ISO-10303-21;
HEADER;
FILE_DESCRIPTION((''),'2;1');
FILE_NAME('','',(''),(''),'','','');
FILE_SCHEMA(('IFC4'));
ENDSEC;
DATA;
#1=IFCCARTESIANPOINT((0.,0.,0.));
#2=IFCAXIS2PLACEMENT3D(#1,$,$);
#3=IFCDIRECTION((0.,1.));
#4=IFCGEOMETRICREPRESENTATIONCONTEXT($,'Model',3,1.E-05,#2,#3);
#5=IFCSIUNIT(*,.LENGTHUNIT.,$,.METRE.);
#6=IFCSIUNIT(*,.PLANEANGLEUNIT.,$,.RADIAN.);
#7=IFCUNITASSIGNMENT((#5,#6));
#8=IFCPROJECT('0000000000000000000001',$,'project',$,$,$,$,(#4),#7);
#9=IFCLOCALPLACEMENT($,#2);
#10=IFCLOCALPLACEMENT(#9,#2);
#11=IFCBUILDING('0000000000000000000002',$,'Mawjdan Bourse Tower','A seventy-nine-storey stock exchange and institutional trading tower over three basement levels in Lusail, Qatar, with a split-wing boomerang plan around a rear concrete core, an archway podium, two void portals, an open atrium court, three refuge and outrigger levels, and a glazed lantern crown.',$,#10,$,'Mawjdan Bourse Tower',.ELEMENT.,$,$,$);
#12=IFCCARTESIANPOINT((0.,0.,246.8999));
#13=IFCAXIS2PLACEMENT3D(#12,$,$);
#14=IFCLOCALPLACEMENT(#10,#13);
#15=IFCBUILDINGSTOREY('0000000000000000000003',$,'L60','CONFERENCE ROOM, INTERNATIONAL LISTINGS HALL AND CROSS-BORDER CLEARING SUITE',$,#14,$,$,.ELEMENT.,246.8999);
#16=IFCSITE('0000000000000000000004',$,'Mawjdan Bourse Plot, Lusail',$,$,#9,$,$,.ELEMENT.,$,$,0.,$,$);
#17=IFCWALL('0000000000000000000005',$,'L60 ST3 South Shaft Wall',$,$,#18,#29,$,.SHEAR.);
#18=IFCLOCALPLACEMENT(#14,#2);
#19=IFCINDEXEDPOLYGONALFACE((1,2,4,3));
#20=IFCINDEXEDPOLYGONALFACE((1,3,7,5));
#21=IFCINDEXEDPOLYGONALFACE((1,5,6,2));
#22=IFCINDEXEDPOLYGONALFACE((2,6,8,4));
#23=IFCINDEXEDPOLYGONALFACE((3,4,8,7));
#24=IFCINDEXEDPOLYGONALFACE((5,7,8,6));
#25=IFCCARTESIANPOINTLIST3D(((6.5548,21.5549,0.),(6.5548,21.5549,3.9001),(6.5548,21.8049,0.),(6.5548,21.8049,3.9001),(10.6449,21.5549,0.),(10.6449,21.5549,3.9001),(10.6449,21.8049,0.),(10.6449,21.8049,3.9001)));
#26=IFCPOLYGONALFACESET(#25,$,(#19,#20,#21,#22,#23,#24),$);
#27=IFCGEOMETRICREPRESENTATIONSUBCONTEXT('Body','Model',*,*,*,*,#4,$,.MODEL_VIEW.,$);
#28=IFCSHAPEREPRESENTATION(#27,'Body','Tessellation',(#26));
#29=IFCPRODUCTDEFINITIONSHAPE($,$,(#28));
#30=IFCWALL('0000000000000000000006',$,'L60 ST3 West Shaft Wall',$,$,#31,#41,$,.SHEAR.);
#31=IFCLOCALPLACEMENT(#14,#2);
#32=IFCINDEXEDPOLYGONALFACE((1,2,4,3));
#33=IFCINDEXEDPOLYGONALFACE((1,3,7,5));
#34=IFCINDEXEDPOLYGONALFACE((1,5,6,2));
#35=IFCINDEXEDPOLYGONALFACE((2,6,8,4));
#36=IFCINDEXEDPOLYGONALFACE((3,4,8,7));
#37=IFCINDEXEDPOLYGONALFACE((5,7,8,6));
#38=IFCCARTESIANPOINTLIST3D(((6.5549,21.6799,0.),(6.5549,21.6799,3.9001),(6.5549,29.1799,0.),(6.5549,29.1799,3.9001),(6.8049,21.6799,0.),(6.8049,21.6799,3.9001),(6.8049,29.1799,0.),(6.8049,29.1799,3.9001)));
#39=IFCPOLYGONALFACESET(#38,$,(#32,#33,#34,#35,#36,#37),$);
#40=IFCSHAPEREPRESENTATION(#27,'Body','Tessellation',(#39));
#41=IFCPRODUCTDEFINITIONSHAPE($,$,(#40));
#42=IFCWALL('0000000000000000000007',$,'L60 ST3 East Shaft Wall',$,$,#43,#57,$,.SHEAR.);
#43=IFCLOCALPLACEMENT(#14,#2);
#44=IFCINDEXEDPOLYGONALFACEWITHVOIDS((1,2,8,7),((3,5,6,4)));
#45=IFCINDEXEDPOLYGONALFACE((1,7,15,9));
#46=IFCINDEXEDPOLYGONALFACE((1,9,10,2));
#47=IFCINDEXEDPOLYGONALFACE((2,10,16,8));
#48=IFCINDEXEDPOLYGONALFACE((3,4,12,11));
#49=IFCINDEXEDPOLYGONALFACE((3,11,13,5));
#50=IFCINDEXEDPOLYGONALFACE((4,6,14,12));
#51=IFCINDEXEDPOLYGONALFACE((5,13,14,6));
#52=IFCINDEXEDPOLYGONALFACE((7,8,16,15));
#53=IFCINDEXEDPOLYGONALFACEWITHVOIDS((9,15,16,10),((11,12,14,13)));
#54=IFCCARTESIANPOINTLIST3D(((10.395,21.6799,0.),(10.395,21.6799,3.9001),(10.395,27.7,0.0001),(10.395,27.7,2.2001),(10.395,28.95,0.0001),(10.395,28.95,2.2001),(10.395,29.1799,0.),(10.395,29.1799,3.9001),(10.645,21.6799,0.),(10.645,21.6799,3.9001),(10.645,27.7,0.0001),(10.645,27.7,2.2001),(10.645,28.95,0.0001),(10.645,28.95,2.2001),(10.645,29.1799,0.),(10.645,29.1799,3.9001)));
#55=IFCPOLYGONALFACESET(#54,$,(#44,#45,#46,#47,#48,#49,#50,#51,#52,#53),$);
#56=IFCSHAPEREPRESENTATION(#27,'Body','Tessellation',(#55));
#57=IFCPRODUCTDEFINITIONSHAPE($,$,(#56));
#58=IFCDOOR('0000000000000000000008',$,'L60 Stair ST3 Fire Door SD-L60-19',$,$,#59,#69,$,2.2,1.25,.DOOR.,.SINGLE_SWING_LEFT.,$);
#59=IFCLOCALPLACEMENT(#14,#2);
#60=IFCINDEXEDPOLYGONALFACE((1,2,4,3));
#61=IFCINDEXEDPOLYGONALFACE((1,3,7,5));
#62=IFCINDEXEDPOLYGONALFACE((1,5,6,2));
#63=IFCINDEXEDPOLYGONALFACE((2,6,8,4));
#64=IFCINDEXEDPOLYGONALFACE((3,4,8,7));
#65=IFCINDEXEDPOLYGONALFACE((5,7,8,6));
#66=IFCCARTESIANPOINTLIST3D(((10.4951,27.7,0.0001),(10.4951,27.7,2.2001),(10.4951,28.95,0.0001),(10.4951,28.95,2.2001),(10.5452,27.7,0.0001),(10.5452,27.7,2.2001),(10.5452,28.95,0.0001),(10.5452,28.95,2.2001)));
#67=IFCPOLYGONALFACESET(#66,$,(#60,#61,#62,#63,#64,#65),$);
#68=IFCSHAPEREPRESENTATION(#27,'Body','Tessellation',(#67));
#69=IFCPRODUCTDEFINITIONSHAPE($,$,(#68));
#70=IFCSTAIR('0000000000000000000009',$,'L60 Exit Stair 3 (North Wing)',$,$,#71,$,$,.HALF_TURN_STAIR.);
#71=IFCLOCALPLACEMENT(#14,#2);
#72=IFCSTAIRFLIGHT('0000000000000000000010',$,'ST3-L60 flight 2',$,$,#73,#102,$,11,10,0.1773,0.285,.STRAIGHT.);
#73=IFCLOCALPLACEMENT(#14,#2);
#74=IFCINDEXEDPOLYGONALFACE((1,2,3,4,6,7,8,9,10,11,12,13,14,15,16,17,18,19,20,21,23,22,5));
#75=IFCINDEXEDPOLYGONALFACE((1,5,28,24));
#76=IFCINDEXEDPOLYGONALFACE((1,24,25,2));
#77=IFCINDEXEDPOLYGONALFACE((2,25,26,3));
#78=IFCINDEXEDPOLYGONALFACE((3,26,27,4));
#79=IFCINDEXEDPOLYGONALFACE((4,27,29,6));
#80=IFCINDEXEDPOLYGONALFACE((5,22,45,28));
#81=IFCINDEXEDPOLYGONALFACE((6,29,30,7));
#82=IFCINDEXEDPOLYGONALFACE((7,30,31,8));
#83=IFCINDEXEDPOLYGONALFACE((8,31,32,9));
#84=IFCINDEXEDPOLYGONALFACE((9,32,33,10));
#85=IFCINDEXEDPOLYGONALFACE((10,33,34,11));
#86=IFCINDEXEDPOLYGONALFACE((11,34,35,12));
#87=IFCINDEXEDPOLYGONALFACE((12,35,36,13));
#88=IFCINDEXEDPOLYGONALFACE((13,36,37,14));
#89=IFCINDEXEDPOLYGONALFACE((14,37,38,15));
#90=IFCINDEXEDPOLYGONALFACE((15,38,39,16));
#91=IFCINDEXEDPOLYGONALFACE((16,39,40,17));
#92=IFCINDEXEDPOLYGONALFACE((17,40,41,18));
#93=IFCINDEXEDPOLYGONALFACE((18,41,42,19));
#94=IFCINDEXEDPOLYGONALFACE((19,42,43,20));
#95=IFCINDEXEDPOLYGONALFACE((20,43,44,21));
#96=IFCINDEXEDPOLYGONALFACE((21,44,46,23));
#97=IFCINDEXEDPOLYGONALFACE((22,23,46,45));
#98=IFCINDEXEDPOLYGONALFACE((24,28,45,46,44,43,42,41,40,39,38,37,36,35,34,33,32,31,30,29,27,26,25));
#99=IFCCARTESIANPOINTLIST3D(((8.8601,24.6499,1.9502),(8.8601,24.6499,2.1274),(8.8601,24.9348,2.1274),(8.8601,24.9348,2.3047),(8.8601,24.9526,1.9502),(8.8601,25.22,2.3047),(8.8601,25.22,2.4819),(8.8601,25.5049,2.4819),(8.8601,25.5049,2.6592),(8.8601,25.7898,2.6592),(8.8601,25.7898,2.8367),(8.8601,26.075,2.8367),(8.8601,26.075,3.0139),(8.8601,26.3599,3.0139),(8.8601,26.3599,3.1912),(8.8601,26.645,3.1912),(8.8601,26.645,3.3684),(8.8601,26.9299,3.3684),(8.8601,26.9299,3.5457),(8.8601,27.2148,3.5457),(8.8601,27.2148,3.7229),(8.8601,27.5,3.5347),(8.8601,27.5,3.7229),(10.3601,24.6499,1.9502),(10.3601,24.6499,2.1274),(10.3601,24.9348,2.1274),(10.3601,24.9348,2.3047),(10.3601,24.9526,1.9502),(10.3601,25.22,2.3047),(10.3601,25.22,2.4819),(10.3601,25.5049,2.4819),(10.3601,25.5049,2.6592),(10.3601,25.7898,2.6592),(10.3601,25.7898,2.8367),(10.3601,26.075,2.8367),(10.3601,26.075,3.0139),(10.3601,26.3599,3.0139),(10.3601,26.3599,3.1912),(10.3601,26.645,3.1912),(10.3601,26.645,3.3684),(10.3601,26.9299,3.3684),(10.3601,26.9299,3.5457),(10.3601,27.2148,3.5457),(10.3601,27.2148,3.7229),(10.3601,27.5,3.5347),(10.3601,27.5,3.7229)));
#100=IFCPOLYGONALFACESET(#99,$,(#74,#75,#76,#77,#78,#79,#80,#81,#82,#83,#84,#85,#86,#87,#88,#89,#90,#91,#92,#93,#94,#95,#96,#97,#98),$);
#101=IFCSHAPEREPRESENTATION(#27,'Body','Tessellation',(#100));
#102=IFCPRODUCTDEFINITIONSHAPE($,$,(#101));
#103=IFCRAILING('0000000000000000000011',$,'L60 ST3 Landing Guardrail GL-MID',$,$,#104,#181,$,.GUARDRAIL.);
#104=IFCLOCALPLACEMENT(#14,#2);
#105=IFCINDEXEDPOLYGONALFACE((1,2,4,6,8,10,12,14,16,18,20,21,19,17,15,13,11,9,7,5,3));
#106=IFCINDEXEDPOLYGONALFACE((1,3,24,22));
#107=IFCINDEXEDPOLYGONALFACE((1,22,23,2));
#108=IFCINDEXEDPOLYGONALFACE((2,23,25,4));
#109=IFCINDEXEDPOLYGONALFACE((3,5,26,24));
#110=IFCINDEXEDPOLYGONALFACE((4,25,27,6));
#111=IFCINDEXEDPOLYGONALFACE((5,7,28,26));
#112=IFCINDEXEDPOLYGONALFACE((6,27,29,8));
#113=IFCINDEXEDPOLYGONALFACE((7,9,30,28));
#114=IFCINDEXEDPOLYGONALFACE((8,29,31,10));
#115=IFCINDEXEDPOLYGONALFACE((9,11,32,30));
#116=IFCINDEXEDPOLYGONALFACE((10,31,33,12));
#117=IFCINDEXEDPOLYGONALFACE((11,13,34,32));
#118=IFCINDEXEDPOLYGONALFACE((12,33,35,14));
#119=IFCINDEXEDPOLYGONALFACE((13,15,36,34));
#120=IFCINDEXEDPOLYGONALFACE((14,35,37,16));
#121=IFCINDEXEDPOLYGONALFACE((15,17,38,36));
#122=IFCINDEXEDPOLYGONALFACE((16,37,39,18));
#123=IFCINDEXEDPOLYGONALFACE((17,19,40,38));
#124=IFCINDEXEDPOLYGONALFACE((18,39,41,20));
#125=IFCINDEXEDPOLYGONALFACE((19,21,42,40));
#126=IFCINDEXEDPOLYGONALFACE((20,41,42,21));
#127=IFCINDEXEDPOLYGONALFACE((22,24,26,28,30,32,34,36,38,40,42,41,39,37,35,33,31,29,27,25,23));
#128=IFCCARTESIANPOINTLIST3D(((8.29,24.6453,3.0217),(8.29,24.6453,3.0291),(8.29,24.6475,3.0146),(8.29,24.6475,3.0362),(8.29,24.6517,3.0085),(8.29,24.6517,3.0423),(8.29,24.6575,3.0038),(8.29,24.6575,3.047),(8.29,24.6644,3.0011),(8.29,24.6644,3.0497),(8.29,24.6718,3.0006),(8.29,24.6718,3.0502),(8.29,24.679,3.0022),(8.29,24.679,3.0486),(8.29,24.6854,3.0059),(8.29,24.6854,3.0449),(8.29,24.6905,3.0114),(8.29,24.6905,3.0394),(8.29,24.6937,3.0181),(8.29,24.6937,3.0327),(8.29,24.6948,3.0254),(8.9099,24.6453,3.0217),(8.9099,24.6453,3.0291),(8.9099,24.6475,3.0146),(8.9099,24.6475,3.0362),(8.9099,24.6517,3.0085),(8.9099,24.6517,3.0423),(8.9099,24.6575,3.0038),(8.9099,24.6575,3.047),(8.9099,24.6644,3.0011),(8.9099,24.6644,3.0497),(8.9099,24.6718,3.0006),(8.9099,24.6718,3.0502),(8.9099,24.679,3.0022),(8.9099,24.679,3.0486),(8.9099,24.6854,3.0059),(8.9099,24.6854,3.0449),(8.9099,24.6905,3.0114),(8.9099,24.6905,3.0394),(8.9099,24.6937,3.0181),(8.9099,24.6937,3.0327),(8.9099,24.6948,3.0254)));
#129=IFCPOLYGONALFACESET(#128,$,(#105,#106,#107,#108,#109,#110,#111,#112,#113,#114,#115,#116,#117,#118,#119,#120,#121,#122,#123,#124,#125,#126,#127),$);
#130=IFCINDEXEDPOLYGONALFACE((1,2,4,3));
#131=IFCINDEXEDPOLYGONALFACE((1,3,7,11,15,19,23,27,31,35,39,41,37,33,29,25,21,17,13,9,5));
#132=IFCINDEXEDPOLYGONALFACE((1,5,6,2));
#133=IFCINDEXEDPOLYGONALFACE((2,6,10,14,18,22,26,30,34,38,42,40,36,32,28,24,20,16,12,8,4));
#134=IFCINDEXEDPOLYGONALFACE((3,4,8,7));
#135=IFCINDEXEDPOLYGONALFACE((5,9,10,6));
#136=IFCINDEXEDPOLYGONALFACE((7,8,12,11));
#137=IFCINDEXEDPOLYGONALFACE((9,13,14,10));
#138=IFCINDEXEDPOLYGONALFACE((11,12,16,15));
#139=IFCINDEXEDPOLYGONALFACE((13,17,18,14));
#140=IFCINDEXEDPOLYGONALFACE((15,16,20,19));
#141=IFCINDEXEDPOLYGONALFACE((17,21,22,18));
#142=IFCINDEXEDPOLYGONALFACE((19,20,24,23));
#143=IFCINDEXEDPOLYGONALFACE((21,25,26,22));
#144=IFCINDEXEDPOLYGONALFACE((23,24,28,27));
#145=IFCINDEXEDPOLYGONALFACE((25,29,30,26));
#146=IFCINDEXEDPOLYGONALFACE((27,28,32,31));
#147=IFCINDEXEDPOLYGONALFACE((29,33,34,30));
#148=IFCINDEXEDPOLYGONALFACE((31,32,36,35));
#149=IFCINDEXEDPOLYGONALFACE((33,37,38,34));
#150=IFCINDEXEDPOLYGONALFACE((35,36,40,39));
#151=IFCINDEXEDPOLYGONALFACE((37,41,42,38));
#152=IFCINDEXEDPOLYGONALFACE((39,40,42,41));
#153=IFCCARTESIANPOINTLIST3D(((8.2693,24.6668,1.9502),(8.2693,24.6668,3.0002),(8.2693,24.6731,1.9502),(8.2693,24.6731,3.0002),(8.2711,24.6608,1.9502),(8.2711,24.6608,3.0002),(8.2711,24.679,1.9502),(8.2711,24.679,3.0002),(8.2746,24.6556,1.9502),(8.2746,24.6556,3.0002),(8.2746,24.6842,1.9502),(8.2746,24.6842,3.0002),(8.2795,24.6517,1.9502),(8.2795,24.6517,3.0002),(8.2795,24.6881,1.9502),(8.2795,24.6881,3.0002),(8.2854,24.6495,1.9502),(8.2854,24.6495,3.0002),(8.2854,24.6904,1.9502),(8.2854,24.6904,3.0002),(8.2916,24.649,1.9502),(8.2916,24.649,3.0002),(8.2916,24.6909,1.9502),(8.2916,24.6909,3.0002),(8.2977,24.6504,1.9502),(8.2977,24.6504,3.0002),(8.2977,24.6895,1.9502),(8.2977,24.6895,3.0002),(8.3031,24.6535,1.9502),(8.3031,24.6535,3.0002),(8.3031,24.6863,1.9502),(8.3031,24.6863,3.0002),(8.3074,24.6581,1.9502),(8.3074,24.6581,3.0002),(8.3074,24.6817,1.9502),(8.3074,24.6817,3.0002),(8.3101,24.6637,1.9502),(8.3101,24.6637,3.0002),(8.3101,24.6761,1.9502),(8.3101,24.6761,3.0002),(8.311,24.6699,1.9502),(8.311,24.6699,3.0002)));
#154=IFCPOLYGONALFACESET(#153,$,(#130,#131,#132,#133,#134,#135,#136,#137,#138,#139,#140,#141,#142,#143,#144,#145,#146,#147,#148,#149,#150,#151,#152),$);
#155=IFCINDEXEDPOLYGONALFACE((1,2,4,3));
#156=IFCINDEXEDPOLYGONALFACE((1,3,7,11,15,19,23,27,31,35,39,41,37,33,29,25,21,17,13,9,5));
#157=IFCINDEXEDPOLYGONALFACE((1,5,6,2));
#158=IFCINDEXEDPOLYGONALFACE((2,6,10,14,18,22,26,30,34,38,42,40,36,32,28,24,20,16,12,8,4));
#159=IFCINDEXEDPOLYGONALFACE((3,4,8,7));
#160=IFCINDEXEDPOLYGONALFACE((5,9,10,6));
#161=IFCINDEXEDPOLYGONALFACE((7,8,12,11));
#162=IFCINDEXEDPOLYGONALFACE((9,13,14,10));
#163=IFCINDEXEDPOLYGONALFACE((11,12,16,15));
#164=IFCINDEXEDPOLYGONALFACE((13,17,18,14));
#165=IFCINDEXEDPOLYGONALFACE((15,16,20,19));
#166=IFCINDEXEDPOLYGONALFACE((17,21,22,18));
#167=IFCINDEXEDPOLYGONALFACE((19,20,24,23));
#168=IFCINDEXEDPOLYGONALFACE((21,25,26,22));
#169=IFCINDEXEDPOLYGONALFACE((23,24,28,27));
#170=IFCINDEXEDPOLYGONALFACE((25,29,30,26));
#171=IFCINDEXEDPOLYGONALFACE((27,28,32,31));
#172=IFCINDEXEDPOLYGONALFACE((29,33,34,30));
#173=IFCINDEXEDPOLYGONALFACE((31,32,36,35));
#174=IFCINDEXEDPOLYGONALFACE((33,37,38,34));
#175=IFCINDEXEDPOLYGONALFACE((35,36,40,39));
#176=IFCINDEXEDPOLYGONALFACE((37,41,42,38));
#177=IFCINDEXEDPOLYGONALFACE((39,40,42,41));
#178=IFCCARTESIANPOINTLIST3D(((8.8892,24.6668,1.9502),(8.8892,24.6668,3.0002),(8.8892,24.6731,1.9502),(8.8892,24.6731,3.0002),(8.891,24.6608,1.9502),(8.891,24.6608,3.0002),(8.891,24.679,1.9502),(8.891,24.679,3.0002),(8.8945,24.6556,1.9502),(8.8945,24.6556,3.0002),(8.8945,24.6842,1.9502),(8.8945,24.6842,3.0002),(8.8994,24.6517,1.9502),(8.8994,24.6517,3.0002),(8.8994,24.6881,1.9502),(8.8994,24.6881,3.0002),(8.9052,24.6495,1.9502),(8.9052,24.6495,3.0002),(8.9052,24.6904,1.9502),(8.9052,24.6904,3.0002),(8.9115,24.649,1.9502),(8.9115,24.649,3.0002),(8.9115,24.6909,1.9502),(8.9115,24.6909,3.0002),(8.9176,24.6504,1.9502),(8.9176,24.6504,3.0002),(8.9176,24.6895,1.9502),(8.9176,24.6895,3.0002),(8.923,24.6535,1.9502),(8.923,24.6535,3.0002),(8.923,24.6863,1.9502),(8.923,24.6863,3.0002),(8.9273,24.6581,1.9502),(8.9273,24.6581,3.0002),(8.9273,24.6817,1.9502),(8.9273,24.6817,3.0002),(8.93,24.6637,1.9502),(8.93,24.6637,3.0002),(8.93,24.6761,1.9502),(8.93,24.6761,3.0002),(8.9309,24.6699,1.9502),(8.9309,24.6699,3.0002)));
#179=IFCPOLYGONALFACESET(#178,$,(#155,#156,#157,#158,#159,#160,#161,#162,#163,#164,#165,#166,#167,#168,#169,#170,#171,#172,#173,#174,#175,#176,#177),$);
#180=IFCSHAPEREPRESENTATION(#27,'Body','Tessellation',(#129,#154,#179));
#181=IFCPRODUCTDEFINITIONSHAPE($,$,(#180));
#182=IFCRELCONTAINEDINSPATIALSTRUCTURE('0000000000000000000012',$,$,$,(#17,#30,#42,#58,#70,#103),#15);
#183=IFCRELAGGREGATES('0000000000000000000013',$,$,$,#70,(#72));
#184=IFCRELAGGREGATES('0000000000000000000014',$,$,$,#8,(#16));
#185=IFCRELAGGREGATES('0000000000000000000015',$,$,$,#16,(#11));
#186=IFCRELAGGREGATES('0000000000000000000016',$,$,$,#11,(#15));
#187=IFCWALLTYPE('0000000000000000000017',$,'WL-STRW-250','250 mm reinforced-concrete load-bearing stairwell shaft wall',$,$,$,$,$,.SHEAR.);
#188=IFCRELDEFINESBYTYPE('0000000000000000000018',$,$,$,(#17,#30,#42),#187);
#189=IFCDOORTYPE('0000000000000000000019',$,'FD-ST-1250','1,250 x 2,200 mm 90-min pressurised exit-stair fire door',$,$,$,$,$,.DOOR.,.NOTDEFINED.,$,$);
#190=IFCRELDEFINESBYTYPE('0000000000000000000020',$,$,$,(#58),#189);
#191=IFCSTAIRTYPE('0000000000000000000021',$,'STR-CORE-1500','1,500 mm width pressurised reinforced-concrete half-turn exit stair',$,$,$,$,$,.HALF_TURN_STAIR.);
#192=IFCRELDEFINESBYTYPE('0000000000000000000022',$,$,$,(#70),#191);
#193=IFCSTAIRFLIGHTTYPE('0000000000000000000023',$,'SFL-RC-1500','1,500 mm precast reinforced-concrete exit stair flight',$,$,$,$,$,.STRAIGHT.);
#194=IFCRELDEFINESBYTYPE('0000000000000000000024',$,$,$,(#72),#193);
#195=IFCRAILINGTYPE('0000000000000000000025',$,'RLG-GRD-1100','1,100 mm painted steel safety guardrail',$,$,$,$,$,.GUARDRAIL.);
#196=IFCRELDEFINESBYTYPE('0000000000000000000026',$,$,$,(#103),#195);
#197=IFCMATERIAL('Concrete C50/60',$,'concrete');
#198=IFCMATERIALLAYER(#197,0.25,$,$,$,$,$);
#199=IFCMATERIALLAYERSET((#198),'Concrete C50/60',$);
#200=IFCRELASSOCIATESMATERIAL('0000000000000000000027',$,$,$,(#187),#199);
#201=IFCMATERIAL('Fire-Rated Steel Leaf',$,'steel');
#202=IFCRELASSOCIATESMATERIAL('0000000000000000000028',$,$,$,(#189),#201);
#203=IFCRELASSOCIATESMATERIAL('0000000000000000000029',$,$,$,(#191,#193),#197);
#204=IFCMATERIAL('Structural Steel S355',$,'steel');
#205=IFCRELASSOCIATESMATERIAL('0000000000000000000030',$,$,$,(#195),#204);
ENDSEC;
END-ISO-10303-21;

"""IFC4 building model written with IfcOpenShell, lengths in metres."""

from ifc_helpers import new_model, si_unit, direction, frame, frame_2d, origin, origin_2d, place, context, subcontext, project, spatial, polyline, rectangle, circle, outline, extrude, material, layer, layer_set, type_object, element, fill, aggregate, save


model = new_model("IFC4")

# Units and contexts
model_context = context("Model", 3, precision=1e-05, world=origin(), true_north=direction((0.0, 1.0)))
body_context = subcontext(model_context, "Body", "Model", "MODEL_VIEW")
ifc_project = project(units=[si_unit("LENGTHUNIT", "METRE"), si_unit("PLANEANGLEUNIT", "RADIAN")], contexts=[model_context])

# Site, building, storey
site_placement = place(None, origin())
site = spatial("IfcSite", under=ifc_project, at=site_placement, Name="Mawjdan Bourse Plot, Lusail", CompositionType="ELEMENT", RefElevation=0.0)
building_placement = place(site_placement, origin())
building = spatial("IfcBuilding", under=site, at=building_placement, Name="Mawjdan Bourse Tower", Description="A seventy-nine-storey stock exchange and institutional trading tower over three basement levels in Lusail, Qatar, with a split-wing boomerang plan around a rear concrete core, an archway podium, two void portals, an open atrium court, three refuge and outrigger levels, and a glazed lantern crown.", LongName="Mawjdan Bourse Tower", CompositionType="ELEMENT")
storey_placement = place(building_placement, frame((0.0, 0.0, 246.8999)))
storey = spatial("IfcBuildingStorey", under=building, at=storey_placement, Name="L60", Description="CONFERENCE ROOM, INTERNATIONAL LISTINGS HALL AND CROSS-BORDER CLEARING SUITE", CompositionType="ELEMENT", Elevation=246.8999)

# Shared definitions
ifc_material_1 = material(Name="Structural Steel S355", Category="steel")

# Walls
ifc_material_2 = material(Name="Concrete C50/60", Category="concrete")
ifc_layer_1 = layer(ifc_material_2, 0.25)
ifc_layer_set_1 = layer_set([ifc_layer_1], Name="Concrete C50/60")
wall_type_1 = type_object("IfcWallType", Name="WL-STRW-250", Description="250 mm reinforced-concrete load-bearing stairwell shaft wall", PredefinedType="SHEAR", material=ifc_layer_set_1)
wall_1_placement = place(storey_placement, frame((6.5549, 21.6799, 0.0), z_axis=(0.0, 0.0, 1.0), x_axis=(1.0, 0.0, 0.0)))
element("IfcWall", 1, at=wall_1_placement, inside=storey, type_object=wall_type_1, Name="L60 ST3 South Shaft Wall", PredefinedType="SHEAR", context=body_context, shape_type="SweptSolid", body=[
    extrude(rectangle(XDim=4.0901, YDim=0.25, at=frame_2d((2.0449, 0.0))), origin(), (0.0, 0.0, 1.0), 3.9001),
])
wall_2_placement = place(storey_placement, frame((6.6799, 21.6799, 0.0), z_axis=(0.0, 0.0, 1.0), x_axis=(0.0, 1.0, 0.0)))
element("IfcWall", 2, at=wall_2_placement, inside=storey, type_object=wall_type_1, Name="L60 ST3 West Shaft Wall", PredefinedType="SHEAR", context=body_context, shape_type="SweptSolid", body=[
    extrude(rectangle(XDim=7.5, YDim=0.25, at=frame_2d((3.75, 0.0))), origin(), (0.0, 0.0, 1.0), 3.9001),
])

# Wall, opening, door
wall_3_placement = place(storey_placement, frame((10.52, 21.6799, 0.0), z_axis=(0.0, 0.0, 1.0), x_axis=(0.0, 1.0, 0.0)))
wall_3 = element("IfcWall", 3, at=wall_3_placement, inside=storey, type_object=wall_type_1, Name="L60 ST3 East Shaft Wall", PredefinedType="SHEAR", context=body_context, shape_type="SweptSolid", body=[
    extrude(rectangle(XDim=7.5, YDim=0.25, at=frame_2d((3.75, 0.0))), origin(), (0.0, 0.0, 1.0), 3.9001),
])
opening_1_placement = place(wall_3_placement, frame((6.02, 0.0, 0.0)))
opening_1 = element("IfcOpeningElement", 4, at=opening_1_placement, cuts=wall_3, PredefinedType="OPENING", context=body_context, shape_type="SweptSolid", body=[
    extrude(rectangle(XDim=1.25, YDim=2.2, at=frame_2d((0.625, 1.1001))), frame((0.0, 0.135, 0.0), z_axis=(0.0, -1.0, 0.0), x_axis=(1.0, 0.0, 0.0)), (0.0, 0.0, 1.0), 0.27),
])
ifc_material_3 = material(Name="Fire-Rated Steel Leaf", Category="steel")
door_type_1 = type_object("IfcDoorType", Name="FD-ST-1250", Description="1,250 x 2,200 mm 90-min pressurised exit-stair fire door", OperationType="NOTDEFINED", PredefinedType="DOOR", material=ifc_material_3)
door_1_placement = place(opening_1_placement, origin())
door_1 = element("IfcDoor", 5, at=door_1_placement, inside=storey, type_object=door_type_1, Name="L60 Stair ST3 Fire Door SD-L60-19", OperationType="SINGLE_SWING_LEFT", OverallHeight=2.2, OverallWidth=1.25, PredefinedType="DOOR", context=body_context, shape_type="SweptSolid", body=[
    extrude(rectangle(XDim=1.25, YDim=2.2, at=frame_2d((0.625, 1.1001))), frame((0.0, 0.0249, 0.0), z_axis=(0.0, -1.0, 0.0), x_axis=(1.0, 0.0, 0.0)), (0.0, 0.0, 1.0), 0.05),
])
fill(opening_1, door_1)

# Stair, stair flight
stair_type = type_object("IfcStairType", Name="STR-CORE-1500", Description="1,500 mm width pressurised reinforced-concrete half-turn exit stair", PredefinedType="HALF_TURN_STAIR", material=ifc_material_2)
stair_placement = place(storey_placement, origin())
stair = element("IfcStair", 6, at=stair_placement, inside=storey, type_object=stair_type, Name="L60 Exit Stair 3 (North Wing)", PredefinedType="HALF_TURN_STAIR")
stair_flight_type = type_object("IfcStairFlightType", Name="SFL-RC-1500", Description="1,500 mm precast reinforced-concrete exit stair flight", PredefinedType="STRAIGHT", material=ifc_material_2)
stair_flight_placement = place(storey_placement, frame((9.6101, 24.6499, 1.9502), z_axis=(0.0, 0.0, 1.0), x_axis=(0.0, 1.0, 0.0)))
stair_flight = element("IfcStairFlight", 7, at=stair_flight_placement, type_object=stair_flight_type, Name="ST3-L60 flight 2", NumberOfRisers=11, NumberOfTreads=10, PredefinedType="STRAIGHT", RiserHeight=0.1773, TreadLength=0.285, context=body_context, shape_type="SweptSolid", body=[
    extrude(outline(polyline([(0.0, 0.0), (0.0, 0.1772), (0.2849, 0.1772), (0.2849, 0.3545), (0.5701, 0.3545), (0.5701, 0.5317), (0.855, 0.5317), (0.855, 0.709), (1.1399, 0.709), (1.1399, 0.8865), (1.425, 0.8865), (1.425, 1.0637), (1.71, 1.0637), (1.71, 1.241), (1.9951, 1.241), (1.9951, 1.4182), (2.28, 1.4182), (2.28, 1.5955), (2.5649, 1.5955), (2.5649, 1.7727), (2.8501, 1.7727), (2.8501, 1.95), (2.8501, 1.5845), (0.3027, 0.0), (0.0, 0.0)])), frame((0.0, 0.75, 0.0), z_axis=(0.0, -1.0, 0.0), x_axis=(1.0, 0.0, 0.0)), (0.0, 0.0, 1.0), 1.5),
])
aggregate(stair, [stair_flight])

# Railing
railing_type_1 = type_object("IfcRailingType", Name="RLG-GRD-1100", Description="1,100 mm painted steel safety guardrail", PredefinedType="GUARDRAIL", material=ifc_material_1)
railing_1_placement = place(storey_placement, frame((8.29, 24.6699, 1.9502)))
element("IfcRailing", 8, at=railing_1_placement, inside=storey, type_object=railing_type_1, Name="L60 ST3 Landing Guardrail GL-MID", PredefinedType="GUARDRAIL", context=body_context, shape_type="SweptSolid", body=[
    extrude(circle(Radius=0.0249, at=origin_2d()), frame((0.0, 0.0, 1.0752), z_axis=(1.0, 0.0, 0.0), x_axis=(0.0, 1.0, 0.0)), (0.0, 0.0, 1.0), 0.6199),
    extrude(circle(Radius=0.021, at=origin_2d()), origin(), (0.0, 0.0, 1.0), 1.05),
    extrude(circle(Radius=0.021, at=origin_2d()), frame((0.6199, 0.0, 0.0)), (0.0, 0.0, 1.0), 1.05),
])

save(model, "model.ifc")
